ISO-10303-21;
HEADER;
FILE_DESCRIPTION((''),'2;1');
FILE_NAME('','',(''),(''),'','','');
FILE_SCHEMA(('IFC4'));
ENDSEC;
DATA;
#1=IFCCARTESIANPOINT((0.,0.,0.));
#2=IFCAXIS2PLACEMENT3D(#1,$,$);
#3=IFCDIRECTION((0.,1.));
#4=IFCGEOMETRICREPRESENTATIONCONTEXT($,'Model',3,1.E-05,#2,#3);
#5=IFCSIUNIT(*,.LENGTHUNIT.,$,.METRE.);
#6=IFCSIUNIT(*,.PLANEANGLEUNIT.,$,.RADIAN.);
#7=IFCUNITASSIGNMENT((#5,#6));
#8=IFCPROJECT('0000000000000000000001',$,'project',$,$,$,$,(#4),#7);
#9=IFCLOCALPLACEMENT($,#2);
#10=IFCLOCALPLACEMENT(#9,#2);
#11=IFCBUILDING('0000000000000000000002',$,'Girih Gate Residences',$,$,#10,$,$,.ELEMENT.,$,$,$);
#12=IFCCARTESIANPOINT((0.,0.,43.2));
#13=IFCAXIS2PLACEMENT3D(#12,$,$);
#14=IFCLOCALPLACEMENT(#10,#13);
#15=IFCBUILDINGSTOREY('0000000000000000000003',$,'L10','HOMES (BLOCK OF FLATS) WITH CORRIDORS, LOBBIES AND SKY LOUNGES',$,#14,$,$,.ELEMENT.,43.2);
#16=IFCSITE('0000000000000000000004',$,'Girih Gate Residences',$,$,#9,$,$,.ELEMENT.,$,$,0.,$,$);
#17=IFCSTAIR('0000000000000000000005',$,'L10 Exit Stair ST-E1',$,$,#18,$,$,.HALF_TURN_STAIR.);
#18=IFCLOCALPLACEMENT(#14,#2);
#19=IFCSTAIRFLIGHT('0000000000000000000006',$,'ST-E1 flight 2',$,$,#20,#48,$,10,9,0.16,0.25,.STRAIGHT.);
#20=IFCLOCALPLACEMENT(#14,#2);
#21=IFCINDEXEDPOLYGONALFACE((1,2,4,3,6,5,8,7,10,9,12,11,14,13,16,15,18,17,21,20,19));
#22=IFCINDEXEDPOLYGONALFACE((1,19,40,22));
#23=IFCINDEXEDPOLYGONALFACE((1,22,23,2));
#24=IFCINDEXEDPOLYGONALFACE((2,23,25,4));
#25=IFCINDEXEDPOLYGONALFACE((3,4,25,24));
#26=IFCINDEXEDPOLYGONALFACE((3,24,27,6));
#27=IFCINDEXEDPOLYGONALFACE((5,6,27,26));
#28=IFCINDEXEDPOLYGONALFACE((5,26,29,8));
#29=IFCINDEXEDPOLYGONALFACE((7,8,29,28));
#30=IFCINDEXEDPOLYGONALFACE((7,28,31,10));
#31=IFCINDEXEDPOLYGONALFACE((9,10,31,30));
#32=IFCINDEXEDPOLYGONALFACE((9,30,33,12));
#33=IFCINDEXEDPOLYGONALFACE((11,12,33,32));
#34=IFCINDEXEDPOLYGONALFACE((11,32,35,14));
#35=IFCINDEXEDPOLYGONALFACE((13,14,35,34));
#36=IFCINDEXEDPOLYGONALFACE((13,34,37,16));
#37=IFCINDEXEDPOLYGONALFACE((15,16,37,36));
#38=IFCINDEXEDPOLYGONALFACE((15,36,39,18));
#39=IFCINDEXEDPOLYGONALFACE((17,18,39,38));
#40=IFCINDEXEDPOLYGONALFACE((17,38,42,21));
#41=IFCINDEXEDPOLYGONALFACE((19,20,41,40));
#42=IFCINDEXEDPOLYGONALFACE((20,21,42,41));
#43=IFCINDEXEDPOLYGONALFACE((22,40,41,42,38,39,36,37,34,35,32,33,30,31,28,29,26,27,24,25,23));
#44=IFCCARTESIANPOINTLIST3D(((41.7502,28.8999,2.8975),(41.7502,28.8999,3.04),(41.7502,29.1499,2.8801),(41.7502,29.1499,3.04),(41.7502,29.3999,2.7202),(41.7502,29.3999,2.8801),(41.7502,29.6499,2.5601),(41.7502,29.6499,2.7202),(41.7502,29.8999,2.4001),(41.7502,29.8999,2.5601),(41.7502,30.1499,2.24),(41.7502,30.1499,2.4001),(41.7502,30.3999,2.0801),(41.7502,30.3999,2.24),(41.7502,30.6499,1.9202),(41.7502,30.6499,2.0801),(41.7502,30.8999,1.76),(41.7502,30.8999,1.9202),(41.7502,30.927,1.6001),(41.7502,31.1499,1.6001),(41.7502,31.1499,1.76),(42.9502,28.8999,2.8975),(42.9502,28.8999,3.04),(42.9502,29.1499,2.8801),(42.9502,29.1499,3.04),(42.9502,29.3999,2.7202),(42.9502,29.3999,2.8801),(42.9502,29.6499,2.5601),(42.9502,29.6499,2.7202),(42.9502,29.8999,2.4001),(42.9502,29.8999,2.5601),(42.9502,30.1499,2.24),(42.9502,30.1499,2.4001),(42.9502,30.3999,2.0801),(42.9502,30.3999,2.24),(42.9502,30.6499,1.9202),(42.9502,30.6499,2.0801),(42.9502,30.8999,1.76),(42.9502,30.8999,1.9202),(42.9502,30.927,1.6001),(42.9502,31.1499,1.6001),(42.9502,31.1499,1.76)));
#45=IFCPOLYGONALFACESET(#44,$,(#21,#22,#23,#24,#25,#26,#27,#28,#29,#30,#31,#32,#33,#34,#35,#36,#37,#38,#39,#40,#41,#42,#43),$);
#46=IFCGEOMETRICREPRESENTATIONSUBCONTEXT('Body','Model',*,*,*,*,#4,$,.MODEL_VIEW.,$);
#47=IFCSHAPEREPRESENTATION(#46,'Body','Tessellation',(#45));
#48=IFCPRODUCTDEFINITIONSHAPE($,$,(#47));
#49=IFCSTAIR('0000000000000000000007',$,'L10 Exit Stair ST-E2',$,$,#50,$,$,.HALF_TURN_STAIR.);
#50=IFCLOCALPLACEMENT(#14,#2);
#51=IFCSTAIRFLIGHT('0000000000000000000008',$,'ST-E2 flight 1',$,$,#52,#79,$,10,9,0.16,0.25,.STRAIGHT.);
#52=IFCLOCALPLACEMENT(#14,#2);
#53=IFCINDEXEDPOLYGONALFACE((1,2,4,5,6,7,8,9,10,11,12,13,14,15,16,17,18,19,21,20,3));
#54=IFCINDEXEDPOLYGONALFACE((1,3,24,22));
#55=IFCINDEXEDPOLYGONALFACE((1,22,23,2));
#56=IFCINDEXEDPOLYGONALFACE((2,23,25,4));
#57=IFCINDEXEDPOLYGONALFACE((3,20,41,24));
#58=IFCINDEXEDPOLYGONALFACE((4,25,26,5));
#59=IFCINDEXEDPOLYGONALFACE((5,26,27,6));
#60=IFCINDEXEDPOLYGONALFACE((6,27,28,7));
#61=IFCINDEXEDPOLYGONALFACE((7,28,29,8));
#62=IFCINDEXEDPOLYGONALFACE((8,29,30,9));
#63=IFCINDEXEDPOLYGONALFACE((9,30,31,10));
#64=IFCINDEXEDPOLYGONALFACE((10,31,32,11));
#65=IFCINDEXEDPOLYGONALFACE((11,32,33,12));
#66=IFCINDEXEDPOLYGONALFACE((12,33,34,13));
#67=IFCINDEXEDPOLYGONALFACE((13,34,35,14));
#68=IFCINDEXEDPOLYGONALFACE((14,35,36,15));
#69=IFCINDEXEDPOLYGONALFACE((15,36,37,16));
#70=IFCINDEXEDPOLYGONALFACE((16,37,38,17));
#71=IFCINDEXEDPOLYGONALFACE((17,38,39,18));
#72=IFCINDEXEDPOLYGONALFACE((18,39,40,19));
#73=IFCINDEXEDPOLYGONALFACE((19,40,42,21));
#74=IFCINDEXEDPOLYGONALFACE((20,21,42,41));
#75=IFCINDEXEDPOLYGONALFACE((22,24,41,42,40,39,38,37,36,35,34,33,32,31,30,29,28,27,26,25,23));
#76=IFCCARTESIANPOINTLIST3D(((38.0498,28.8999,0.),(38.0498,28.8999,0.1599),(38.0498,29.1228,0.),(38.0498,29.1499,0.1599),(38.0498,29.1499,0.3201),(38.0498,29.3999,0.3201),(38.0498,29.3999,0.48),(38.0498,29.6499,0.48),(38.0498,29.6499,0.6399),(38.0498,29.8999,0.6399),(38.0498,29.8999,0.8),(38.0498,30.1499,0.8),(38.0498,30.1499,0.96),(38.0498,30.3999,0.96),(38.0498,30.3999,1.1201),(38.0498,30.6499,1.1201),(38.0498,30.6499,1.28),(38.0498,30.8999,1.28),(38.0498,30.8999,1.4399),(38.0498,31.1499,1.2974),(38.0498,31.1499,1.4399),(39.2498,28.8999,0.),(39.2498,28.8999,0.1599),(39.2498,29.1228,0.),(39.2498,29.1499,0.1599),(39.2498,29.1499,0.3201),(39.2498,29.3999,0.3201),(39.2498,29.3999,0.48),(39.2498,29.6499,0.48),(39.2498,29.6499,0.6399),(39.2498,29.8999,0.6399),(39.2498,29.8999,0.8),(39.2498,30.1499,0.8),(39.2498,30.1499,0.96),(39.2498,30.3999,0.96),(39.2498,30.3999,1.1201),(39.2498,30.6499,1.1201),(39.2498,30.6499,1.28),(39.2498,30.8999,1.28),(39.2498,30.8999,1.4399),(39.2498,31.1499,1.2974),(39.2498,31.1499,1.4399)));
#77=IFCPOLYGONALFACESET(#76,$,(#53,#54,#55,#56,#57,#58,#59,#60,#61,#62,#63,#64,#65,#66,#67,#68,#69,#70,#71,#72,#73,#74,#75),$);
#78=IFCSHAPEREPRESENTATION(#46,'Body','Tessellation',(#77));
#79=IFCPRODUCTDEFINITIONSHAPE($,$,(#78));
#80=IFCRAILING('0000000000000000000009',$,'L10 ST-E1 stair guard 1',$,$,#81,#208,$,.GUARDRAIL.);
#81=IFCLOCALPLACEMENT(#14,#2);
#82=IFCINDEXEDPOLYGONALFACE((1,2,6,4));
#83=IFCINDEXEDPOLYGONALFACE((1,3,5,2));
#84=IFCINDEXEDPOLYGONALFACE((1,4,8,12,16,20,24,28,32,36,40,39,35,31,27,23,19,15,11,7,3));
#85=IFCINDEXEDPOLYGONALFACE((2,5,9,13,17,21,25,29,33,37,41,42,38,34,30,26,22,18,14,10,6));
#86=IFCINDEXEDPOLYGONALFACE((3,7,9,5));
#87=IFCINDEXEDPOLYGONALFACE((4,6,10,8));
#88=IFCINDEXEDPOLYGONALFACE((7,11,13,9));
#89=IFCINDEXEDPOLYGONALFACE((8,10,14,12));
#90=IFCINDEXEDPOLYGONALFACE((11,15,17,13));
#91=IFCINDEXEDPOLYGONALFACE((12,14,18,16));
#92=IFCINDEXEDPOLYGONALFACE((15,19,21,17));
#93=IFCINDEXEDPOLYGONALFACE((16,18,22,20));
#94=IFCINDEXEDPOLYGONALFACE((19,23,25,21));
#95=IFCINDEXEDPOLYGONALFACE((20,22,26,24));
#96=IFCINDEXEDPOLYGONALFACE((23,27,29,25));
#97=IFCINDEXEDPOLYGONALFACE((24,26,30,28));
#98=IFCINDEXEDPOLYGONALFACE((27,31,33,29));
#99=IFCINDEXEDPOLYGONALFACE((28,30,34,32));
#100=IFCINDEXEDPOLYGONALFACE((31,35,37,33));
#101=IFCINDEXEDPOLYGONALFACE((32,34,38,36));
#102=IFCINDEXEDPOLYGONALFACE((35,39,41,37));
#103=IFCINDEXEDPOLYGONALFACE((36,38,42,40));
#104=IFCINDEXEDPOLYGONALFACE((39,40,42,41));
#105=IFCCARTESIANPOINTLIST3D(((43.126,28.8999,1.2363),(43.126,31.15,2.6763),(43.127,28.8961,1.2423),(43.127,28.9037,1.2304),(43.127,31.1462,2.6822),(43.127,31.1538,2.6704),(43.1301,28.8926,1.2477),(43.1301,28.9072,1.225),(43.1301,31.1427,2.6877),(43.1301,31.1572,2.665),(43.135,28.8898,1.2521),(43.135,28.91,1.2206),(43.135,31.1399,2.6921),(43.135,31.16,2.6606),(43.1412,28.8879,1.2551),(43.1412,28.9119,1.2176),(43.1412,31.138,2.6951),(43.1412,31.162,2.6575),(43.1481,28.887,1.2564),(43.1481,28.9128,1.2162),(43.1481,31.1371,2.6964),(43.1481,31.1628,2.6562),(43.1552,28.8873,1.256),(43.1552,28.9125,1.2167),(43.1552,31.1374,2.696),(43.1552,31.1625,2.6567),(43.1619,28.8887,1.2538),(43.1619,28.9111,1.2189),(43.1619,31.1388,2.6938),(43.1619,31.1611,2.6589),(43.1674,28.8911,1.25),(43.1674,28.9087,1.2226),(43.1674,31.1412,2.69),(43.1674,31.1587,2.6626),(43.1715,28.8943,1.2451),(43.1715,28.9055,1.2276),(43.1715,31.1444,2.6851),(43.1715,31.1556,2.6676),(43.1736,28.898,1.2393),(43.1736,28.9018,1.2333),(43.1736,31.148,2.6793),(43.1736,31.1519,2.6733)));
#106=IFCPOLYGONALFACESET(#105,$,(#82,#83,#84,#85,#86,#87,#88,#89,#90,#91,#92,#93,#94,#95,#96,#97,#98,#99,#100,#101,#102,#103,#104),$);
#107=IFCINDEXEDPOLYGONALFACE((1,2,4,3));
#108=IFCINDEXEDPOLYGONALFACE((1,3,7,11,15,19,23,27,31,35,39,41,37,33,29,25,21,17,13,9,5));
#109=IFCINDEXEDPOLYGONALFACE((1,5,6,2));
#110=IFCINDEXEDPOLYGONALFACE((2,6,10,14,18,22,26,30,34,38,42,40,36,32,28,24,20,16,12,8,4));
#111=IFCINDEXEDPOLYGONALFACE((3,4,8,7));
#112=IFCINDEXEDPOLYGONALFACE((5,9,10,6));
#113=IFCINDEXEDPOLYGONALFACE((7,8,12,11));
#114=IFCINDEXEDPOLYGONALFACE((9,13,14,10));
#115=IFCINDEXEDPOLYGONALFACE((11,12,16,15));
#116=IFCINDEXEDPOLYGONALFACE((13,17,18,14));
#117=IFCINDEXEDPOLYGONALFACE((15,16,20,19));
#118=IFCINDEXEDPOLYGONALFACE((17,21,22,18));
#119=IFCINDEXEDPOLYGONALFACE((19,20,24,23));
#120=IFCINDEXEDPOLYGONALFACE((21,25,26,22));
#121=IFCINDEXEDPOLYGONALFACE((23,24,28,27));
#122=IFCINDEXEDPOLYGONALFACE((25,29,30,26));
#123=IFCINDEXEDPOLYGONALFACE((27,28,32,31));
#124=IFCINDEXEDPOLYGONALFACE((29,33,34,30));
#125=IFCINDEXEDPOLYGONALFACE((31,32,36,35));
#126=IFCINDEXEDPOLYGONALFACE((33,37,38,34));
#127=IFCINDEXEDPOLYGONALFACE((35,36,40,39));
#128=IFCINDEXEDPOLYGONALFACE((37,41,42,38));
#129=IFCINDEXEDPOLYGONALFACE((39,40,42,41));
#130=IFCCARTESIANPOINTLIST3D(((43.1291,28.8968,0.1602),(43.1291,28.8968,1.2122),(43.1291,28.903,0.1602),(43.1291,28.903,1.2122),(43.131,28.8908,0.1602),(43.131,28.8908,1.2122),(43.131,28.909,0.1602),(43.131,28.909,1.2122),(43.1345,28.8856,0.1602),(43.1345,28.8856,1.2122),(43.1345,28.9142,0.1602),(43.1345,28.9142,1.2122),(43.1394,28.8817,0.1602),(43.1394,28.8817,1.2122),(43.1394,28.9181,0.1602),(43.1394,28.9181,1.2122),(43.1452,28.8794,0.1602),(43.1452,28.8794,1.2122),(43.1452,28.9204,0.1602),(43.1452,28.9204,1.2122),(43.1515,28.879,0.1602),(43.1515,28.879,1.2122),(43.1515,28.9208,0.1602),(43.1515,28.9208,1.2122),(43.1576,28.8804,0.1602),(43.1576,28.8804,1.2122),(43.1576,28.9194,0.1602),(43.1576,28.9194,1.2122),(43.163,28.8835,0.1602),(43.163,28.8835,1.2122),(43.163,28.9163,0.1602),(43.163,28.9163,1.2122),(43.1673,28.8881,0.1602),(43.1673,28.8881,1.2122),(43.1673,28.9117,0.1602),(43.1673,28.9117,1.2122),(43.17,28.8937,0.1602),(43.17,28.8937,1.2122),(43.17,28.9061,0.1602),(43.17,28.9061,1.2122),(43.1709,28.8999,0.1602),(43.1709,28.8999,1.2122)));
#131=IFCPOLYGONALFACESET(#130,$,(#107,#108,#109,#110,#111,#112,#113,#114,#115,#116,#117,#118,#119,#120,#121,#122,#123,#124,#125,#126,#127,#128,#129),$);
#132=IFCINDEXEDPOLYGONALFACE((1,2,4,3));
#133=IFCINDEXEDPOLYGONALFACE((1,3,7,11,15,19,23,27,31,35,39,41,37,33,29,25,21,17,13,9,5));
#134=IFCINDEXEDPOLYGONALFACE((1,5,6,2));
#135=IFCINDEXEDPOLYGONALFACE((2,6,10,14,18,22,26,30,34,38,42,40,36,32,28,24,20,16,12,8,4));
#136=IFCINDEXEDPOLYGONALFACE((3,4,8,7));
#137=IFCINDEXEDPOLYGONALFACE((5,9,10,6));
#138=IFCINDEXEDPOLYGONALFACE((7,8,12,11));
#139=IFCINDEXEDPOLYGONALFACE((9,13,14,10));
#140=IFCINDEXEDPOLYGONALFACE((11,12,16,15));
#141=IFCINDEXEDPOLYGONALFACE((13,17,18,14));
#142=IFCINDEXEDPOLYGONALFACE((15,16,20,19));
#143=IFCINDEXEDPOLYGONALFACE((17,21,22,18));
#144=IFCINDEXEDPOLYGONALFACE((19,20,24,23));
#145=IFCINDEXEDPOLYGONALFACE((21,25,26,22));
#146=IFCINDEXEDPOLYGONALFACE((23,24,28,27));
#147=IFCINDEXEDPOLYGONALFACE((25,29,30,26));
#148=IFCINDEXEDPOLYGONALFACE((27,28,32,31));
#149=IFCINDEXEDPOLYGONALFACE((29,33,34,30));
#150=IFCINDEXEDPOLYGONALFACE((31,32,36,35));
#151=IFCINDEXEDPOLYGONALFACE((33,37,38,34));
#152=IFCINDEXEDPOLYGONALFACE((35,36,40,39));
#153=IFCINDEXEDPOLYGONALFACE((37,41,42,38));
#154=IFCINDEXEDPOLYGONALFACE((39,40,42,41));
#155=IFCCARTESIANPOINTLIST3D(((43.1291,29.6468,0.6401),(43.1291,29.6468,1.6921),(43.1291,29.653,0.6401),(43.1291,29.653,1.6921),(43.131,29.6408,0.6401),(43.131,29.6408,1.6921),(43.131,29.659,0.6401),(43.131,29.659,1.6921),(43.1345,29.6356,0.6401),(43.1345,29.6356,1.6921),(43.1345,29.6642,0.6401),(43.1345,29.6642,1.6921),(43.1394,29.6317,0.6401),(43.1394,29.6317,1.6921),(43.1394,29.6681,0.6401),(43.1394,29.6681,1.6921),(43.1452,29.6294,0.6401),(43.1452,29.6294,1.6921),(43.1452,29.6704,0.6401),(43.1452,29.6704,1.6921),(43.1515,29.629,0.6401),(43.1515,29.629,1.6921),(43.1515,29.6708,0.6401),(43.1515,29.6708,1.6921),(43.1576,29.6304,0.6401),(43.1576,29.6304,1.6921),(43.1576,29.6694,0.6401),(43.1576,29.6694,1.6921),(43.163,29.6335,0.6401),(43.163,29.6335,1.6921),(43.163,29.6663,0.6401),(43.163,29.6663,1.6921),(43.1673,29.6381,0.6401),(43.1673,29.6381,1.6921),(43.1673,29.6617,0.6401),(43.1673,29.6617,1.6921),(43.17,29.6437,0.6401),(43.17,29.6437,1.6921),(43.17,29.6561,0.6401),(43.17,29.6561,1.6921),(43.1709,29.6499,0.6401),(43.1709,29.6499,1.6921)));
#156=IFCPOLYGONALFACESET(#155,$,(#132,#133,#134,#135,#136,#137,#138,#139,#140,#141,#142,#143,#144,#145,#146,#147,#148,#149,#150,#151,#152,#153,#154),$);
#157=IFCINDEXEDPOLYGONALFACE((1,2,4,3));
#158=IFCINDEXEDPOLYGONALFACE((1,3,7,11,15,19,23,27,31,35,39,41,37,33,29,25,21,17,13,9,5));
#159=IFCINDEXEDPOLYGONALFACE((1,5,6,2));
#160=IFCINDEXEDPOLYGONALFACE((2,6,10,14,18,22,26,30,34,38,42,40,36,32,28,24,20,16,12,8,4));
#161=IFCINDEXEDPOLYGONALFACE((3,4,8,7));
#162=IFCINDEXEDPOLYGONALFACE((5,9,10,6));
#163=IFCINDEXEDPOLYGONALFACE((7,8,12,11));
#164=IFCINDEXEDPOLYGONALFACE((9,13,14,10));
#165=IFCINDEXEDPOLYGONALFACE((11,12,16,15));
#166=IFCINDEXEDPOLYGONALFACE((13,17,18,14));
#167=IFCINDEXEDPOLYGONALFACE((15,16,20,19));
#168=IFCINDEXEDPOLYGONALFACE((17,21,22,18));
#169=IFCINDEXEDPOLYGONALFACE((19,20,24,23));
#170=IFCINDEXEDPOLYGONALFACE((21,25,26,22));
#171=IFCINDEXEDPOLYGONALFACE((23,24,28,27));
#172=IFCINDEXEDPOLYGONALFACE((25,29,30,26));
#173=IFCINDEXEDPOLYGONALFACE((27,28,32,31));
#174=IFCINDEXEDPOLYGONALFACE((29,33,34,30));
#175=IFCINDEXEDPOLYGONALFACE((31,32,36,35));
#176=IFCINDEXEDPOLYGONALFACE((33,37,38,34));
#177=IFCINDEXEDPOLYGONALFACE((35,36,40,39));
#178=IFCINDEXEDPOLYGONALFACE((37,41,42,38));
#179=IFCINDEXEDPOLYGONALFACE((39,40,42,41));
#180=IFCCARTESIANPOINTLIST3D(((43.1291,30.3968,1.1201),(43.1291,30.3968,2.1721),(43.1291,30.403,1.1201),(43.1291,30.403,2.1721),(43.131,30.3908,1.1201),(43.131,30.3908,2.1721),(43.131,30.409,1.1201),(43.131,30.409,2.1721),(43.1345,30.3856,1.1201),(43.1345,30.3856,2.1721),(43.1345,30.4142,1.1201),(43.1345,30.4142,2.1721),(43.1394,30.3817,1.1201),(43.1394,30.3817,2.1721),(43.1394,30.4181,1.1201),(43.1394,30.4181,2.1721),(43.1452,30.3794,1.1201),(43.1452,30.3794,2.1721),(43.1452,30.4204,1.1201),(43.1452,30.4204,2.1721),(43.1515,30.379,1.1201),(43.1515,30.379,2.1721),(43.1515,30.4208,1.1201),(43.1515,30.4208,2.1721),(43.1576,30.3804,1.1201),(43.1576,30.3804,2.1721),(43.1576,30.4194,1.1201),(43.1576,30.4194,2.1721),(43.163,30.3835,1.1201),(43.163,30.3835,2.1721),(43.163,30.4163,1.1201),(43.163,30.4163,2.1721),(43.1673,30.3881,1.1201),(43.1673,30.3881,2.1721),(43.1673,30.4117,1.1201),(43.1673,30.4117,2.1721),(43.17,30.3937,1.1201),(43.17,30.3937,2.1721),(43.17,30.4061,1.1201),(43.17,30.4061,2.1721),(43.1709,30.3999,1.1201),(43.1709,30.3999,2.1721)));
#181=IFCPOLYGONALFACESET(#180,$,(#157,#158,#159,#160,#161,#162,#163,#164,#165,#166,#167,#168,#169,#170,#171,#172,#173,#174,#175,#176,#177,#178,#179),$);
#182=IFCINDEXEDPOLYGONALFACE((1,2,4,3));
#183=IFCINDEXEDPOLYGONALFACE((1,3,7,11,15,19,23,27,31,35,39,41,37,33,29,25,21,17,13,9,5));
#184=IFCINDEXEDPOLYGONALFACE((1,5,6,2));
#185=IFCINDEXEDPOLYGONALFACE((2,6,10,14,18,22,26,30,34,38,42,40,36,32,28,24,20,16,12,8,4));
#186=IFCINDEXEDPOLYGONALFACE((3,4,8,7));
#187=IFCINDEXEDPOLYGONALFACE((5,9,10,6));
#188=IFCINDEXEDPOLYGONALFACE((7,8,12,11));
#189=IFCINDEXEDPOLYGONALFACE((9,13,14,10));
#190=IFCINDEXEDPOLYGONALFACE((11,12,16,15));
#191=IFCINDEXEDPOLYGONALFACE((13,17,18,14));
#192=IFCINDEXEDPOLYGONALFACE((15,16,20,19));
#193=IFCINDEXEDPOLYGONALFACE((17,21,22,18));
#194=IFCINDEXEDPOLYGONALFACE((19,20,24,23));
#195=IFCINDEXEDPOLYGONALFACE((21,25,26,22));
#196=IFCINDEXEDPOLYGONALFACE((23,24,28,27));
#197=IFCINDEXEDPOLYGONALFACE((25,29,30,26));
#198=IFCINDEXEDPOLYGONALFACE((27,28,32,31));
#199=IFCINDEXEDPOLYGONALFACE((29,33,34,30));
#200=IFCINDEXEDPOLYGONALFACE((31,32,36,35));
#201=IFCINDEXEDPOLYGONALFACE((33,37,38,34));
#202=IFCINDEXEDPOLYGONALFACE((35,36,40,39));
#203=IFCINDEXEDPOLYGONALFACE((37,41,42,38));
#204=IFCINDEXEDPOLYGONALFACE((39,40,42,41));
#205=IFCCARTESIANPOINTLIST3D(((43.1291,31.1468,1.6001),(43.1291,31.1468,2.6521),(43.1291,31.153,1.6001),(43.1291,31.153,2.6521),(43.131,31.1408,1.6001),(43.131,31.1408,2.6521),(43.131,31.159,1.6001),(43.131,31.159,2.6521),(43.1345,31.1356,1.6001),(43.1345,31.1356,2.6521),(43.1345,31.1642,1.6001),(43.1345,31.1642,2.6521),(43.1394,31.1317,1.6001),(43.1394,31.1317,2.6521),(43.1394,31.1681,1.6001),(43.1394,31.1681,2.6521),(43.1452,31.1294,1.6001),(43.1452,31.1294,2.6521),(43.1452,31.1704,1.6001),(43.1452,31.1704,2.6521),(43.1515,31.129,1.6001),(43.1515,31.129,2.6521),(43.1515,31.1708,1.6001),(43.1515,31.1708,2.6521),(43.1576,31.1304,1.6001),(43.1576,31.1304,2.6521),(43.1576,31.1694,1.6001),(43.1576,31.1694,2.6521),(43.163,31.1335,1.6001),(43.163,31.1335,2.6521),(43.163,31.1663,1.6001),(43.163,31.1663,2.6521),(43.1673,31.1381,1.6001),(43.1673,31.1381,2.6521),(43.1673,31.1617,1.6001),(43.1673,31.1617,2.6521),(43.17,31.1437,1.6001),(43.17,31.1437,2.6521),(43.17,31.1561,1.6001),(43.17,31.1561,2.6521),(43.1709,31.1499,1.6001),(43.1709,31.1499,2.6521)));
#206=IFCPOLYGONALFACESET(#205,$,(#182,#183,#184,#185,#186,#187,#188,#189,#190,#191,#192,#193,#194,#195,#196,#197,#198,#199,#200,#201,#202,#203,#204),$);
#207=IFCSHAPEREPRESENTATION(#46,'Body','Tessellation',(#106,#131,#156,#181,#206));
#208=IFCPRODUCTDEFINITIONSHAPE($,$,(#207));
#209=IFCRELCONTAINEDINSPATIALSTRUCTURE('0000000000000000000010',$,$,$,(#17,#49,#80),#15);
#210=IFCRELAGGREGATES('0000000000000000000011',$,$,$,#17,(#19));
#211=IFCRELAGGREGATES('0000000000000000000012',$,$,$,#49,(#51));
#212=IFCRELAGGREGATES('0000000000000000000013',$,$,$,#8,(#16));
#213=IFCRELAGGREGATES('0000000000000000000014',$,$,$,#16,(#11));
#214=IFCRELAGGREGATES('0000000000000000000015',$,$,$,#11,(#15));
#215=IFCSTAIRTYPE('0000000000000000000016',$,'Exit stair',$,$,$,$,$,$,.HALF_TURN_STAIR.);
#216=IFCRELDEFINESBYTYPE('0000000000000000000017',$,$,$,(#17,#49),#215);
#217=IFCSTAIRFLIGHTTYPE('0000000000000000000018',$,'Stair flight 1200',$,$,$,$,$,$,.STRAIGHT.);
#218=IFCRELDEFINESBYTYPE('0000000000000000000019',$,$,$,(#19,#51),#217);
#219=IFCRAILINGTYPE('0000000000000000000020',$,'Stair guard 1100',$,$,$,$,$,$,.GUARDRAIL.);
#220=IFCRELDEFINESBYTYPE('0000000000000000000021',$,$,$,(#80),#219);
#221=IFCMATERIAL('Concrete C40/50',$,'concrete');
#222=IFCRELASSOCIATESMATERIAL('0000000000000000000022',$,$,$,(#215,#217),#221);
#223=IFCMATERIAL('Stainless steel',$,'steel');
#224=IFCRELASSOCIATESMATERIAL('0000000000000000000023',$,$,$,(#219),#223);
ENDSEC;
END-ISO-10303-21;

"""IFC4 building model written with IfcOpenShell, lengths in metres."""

from ifc_helpers import new_model, si_unit, direction, frame, origin, origin_2d, place, context, subcontext, project, spatial, polyline, circle, outline, extrude, material, type_object, element, aggregate, save


model = new_model("IFC4")

# Units and contexts
model_context = context("Model", 3, precision=1e-05, world=origin(), true_north=direction((0.0, 1.0)))
body_context = subcontext(model_context, "Body", "Model", "MODEL_VIEW")
ifc_project = project(units=[si_unit("LENGTHUNIT", "METRE"), si_unit("PLANEANGLEUNIT", "RADIAN")], contexts=[model_context])

# Site, building, storey
site_placement = place(None, origin())
site = spatial("IfcSite", under=ifc_project, at=site_placement, Name="Girih Gate Residences", CompositionType="ELEMENT", RefElevation=0.0)
building_placement = place(site_placement, origin())
building = spatial("IfcBuilding", under=site, at=building_placement, Name="Girih Gate Residences", CompositionType="ELEMENT")
storey_placement = place(building_placement, frame((0.0, 0.0, 43.2)))
storey = spatial("IfcBuildingStorey", under=building, at=storey_placement, Name="L10", Description="HOMES (BLOCK OF FLATS) WITH CORRIDORS, LOBBIES AND SKY LOUNGES", CompositionType="ELEMENT", Elevation=43.2)

# Shared definitions
ifc_material_1 = material(Name="Concrete C40/50", Category="concrete")

# Stair, stair flight
stair_type = type_object("IfcStairType", Name="Exit stair", PredefinedType="HALF_TURN_STAIR", material=ifc_material_1)
stair_1_placement = place(storey_placement, origin())
stair_1 = element("IfcStair", 1, at=stair_1_placement, inside=storey, type_object=stair_type, Name="L10 Exit Stair ST-E1", PredefinedType="HALF_TURN_STAIR")
stair_flight_type = type_object("IfcStairFlightType", Name="Stair flight 1200", PredefinedType="STRAIGHT", material=ifc_material_1)
stair_flight_1_placement = place(storey_placement, frame((42.3501, 31.1499, 1.6001), z_axis=(0.0, 0.0, 1.0), x_axis=(0.0, -1.0, 0.0)))
stair_flight_1 = element("IfcStairFlight", 2, at=stair_flight_1_placement, type_object=stair_flight_type, Name="ST-E1 flight 2", NumberOfRisers=10, NumberOfTreads=9, PredefinedType="STRAIGHT", RiserHeight=0.16, TreadLength=0.25, context=body_context, shape_type="SweptSolid", body=[
    extrude(outline(polyline([(0.0, 0.0), (0.0, 0.1599), (0.25, 0.1599), (0.25, 0.3201), (0.5, 0.3201), (0.5, 0.48), (0.75, 0.48), (0.75, 0.6399), (1.0, 0.6399), (1.0, 0.8), (1.25, 0.8), (1.25, 0.96), (1.5, 0.96), (1.5, 1.1201), (1.75, 1.1201), (1.75, 1.28), (2.0, 1.28), (2.0, 1.4399), (2.25, 1.4399), (2.25, 1.6001), (2.25, 1.2974), (0.2229, 0.0), (0.0, 0.0)])), frame((0.0, 0.6001, 0.0), z_axis=(0.0, -1.0, 0.0), x_axis=(1.0, 0.0, 0.0)), (0.0, 0.0, 1.0), 1.2),
])
aggregate(stair_1, [stair_flight_1])

# Stair, stair flight
stair_2_placement = place(storey_placement, origin())
stair_2 = element("IfcStair", 3, at=stair_2_placement, inside=storey, type_object=stair_type, Name="L10 Exit Stair ST-E2", PredefinedType="HALF_TURN_STAIR")
stair_flight_2_placement = place(storey_placement, frame((38.6499, 28.8999, 0.0), z_axis=(0.0, 0.0, 1.0), x_axis=(0.0, 1.0, 0.0)))
stair_flight_2 = element("IfcStairFlight", 4, at=stair_flight_2_placement, type_object=stair_flight_type, Name="ST-E2 flight 1", NumberOfRisers=10, NumberOfTreads=9, PredefinedType="STRAIGHT", RiserHeight=0.16, TreadLength=0.25, context=body_context, shape_type="SweptSolid", body=[
    extrude(outline(polyline([(0.0, 0.0), (0.0, 0.1599), (0.25, 0.1599), (0.25, 0.3201), (0.5, 0.3201), (0.5, 0.48), (0.75, 0.48), (0.75, 0.6399), (1.0, 0.6399), (1.0, 0.8), (1.25, 0.8), (1.25, 0.96), (1.5, 0.96), (1.5, 1.1201), (1.75, 1.1201), (1.75, 1.28), (2.0, 1.28), (2.0, 1.4399), (2.25, 1.4399), (2.25, 1.6001), (2.25, 1.2974), (0.2229, 0.0), (0.0, 0.0)])), frame((0.0, 0.6001, 0.0), z_axis=(0.0, -1.0, 0.0), x_axis=(1.0, 0.0, 0.0)), (0.0, 0.0, 1.0), 1.2),
])
aggregate(stair_2, [stair_flight_2])

# Railing
ifc_material_2 = material(Name="Stainless steel", Category="steel")
railing_type_1 = type_object("IfcRailingType", Name="Stair guard 1100", PredefinedType="GUARDRAIL", material=ifc_material_2)
railing_1_placement = place(storey_placement, frame((43.1499, 28.8999, 0.1602)))
element("IfcRailing", 5, at=railing_1_placement, inside=storey, type_object=railing_type_1, Name="L10 ST-E1 stair guard 1", PredefinedType="GUARDRAIL", context=body_context, shape_type="SweptSolid", body=[
    extrude(circle(Radius=0.0239, at=origin_2d()), frame((0.0, 0.0, 1.0762), z_axis=(0.0, 0.842281, 0.539038), x_axis=(-1.0, 0.0, 0.0)), (0.0, 0.0, 1.0), 2.6714),
    extrude(circle(Radius=0.021, at=origin_2d()), origin(), (0.0, 0.0, 1.0), 1.052),
    extrude(circle(Radius=0.021, at=origin_2d()), frame((0.0, 0.75, 0.48)), (0.0, 0.0, 1.0), 1.052),
    extrude(circle(Radius=0.021, at=origin_2d()), frame((0.0, 1.5, 0.96)), (0.0, 0.0, 1.0), 1.052),
    extrude(circle(Radius=0.021, at=origin_2d()), frame((0.0, 2.25, 1.4399)), (0.0, 0.0, 1.0), 1.052),
])

save(model, "model.ifc")
